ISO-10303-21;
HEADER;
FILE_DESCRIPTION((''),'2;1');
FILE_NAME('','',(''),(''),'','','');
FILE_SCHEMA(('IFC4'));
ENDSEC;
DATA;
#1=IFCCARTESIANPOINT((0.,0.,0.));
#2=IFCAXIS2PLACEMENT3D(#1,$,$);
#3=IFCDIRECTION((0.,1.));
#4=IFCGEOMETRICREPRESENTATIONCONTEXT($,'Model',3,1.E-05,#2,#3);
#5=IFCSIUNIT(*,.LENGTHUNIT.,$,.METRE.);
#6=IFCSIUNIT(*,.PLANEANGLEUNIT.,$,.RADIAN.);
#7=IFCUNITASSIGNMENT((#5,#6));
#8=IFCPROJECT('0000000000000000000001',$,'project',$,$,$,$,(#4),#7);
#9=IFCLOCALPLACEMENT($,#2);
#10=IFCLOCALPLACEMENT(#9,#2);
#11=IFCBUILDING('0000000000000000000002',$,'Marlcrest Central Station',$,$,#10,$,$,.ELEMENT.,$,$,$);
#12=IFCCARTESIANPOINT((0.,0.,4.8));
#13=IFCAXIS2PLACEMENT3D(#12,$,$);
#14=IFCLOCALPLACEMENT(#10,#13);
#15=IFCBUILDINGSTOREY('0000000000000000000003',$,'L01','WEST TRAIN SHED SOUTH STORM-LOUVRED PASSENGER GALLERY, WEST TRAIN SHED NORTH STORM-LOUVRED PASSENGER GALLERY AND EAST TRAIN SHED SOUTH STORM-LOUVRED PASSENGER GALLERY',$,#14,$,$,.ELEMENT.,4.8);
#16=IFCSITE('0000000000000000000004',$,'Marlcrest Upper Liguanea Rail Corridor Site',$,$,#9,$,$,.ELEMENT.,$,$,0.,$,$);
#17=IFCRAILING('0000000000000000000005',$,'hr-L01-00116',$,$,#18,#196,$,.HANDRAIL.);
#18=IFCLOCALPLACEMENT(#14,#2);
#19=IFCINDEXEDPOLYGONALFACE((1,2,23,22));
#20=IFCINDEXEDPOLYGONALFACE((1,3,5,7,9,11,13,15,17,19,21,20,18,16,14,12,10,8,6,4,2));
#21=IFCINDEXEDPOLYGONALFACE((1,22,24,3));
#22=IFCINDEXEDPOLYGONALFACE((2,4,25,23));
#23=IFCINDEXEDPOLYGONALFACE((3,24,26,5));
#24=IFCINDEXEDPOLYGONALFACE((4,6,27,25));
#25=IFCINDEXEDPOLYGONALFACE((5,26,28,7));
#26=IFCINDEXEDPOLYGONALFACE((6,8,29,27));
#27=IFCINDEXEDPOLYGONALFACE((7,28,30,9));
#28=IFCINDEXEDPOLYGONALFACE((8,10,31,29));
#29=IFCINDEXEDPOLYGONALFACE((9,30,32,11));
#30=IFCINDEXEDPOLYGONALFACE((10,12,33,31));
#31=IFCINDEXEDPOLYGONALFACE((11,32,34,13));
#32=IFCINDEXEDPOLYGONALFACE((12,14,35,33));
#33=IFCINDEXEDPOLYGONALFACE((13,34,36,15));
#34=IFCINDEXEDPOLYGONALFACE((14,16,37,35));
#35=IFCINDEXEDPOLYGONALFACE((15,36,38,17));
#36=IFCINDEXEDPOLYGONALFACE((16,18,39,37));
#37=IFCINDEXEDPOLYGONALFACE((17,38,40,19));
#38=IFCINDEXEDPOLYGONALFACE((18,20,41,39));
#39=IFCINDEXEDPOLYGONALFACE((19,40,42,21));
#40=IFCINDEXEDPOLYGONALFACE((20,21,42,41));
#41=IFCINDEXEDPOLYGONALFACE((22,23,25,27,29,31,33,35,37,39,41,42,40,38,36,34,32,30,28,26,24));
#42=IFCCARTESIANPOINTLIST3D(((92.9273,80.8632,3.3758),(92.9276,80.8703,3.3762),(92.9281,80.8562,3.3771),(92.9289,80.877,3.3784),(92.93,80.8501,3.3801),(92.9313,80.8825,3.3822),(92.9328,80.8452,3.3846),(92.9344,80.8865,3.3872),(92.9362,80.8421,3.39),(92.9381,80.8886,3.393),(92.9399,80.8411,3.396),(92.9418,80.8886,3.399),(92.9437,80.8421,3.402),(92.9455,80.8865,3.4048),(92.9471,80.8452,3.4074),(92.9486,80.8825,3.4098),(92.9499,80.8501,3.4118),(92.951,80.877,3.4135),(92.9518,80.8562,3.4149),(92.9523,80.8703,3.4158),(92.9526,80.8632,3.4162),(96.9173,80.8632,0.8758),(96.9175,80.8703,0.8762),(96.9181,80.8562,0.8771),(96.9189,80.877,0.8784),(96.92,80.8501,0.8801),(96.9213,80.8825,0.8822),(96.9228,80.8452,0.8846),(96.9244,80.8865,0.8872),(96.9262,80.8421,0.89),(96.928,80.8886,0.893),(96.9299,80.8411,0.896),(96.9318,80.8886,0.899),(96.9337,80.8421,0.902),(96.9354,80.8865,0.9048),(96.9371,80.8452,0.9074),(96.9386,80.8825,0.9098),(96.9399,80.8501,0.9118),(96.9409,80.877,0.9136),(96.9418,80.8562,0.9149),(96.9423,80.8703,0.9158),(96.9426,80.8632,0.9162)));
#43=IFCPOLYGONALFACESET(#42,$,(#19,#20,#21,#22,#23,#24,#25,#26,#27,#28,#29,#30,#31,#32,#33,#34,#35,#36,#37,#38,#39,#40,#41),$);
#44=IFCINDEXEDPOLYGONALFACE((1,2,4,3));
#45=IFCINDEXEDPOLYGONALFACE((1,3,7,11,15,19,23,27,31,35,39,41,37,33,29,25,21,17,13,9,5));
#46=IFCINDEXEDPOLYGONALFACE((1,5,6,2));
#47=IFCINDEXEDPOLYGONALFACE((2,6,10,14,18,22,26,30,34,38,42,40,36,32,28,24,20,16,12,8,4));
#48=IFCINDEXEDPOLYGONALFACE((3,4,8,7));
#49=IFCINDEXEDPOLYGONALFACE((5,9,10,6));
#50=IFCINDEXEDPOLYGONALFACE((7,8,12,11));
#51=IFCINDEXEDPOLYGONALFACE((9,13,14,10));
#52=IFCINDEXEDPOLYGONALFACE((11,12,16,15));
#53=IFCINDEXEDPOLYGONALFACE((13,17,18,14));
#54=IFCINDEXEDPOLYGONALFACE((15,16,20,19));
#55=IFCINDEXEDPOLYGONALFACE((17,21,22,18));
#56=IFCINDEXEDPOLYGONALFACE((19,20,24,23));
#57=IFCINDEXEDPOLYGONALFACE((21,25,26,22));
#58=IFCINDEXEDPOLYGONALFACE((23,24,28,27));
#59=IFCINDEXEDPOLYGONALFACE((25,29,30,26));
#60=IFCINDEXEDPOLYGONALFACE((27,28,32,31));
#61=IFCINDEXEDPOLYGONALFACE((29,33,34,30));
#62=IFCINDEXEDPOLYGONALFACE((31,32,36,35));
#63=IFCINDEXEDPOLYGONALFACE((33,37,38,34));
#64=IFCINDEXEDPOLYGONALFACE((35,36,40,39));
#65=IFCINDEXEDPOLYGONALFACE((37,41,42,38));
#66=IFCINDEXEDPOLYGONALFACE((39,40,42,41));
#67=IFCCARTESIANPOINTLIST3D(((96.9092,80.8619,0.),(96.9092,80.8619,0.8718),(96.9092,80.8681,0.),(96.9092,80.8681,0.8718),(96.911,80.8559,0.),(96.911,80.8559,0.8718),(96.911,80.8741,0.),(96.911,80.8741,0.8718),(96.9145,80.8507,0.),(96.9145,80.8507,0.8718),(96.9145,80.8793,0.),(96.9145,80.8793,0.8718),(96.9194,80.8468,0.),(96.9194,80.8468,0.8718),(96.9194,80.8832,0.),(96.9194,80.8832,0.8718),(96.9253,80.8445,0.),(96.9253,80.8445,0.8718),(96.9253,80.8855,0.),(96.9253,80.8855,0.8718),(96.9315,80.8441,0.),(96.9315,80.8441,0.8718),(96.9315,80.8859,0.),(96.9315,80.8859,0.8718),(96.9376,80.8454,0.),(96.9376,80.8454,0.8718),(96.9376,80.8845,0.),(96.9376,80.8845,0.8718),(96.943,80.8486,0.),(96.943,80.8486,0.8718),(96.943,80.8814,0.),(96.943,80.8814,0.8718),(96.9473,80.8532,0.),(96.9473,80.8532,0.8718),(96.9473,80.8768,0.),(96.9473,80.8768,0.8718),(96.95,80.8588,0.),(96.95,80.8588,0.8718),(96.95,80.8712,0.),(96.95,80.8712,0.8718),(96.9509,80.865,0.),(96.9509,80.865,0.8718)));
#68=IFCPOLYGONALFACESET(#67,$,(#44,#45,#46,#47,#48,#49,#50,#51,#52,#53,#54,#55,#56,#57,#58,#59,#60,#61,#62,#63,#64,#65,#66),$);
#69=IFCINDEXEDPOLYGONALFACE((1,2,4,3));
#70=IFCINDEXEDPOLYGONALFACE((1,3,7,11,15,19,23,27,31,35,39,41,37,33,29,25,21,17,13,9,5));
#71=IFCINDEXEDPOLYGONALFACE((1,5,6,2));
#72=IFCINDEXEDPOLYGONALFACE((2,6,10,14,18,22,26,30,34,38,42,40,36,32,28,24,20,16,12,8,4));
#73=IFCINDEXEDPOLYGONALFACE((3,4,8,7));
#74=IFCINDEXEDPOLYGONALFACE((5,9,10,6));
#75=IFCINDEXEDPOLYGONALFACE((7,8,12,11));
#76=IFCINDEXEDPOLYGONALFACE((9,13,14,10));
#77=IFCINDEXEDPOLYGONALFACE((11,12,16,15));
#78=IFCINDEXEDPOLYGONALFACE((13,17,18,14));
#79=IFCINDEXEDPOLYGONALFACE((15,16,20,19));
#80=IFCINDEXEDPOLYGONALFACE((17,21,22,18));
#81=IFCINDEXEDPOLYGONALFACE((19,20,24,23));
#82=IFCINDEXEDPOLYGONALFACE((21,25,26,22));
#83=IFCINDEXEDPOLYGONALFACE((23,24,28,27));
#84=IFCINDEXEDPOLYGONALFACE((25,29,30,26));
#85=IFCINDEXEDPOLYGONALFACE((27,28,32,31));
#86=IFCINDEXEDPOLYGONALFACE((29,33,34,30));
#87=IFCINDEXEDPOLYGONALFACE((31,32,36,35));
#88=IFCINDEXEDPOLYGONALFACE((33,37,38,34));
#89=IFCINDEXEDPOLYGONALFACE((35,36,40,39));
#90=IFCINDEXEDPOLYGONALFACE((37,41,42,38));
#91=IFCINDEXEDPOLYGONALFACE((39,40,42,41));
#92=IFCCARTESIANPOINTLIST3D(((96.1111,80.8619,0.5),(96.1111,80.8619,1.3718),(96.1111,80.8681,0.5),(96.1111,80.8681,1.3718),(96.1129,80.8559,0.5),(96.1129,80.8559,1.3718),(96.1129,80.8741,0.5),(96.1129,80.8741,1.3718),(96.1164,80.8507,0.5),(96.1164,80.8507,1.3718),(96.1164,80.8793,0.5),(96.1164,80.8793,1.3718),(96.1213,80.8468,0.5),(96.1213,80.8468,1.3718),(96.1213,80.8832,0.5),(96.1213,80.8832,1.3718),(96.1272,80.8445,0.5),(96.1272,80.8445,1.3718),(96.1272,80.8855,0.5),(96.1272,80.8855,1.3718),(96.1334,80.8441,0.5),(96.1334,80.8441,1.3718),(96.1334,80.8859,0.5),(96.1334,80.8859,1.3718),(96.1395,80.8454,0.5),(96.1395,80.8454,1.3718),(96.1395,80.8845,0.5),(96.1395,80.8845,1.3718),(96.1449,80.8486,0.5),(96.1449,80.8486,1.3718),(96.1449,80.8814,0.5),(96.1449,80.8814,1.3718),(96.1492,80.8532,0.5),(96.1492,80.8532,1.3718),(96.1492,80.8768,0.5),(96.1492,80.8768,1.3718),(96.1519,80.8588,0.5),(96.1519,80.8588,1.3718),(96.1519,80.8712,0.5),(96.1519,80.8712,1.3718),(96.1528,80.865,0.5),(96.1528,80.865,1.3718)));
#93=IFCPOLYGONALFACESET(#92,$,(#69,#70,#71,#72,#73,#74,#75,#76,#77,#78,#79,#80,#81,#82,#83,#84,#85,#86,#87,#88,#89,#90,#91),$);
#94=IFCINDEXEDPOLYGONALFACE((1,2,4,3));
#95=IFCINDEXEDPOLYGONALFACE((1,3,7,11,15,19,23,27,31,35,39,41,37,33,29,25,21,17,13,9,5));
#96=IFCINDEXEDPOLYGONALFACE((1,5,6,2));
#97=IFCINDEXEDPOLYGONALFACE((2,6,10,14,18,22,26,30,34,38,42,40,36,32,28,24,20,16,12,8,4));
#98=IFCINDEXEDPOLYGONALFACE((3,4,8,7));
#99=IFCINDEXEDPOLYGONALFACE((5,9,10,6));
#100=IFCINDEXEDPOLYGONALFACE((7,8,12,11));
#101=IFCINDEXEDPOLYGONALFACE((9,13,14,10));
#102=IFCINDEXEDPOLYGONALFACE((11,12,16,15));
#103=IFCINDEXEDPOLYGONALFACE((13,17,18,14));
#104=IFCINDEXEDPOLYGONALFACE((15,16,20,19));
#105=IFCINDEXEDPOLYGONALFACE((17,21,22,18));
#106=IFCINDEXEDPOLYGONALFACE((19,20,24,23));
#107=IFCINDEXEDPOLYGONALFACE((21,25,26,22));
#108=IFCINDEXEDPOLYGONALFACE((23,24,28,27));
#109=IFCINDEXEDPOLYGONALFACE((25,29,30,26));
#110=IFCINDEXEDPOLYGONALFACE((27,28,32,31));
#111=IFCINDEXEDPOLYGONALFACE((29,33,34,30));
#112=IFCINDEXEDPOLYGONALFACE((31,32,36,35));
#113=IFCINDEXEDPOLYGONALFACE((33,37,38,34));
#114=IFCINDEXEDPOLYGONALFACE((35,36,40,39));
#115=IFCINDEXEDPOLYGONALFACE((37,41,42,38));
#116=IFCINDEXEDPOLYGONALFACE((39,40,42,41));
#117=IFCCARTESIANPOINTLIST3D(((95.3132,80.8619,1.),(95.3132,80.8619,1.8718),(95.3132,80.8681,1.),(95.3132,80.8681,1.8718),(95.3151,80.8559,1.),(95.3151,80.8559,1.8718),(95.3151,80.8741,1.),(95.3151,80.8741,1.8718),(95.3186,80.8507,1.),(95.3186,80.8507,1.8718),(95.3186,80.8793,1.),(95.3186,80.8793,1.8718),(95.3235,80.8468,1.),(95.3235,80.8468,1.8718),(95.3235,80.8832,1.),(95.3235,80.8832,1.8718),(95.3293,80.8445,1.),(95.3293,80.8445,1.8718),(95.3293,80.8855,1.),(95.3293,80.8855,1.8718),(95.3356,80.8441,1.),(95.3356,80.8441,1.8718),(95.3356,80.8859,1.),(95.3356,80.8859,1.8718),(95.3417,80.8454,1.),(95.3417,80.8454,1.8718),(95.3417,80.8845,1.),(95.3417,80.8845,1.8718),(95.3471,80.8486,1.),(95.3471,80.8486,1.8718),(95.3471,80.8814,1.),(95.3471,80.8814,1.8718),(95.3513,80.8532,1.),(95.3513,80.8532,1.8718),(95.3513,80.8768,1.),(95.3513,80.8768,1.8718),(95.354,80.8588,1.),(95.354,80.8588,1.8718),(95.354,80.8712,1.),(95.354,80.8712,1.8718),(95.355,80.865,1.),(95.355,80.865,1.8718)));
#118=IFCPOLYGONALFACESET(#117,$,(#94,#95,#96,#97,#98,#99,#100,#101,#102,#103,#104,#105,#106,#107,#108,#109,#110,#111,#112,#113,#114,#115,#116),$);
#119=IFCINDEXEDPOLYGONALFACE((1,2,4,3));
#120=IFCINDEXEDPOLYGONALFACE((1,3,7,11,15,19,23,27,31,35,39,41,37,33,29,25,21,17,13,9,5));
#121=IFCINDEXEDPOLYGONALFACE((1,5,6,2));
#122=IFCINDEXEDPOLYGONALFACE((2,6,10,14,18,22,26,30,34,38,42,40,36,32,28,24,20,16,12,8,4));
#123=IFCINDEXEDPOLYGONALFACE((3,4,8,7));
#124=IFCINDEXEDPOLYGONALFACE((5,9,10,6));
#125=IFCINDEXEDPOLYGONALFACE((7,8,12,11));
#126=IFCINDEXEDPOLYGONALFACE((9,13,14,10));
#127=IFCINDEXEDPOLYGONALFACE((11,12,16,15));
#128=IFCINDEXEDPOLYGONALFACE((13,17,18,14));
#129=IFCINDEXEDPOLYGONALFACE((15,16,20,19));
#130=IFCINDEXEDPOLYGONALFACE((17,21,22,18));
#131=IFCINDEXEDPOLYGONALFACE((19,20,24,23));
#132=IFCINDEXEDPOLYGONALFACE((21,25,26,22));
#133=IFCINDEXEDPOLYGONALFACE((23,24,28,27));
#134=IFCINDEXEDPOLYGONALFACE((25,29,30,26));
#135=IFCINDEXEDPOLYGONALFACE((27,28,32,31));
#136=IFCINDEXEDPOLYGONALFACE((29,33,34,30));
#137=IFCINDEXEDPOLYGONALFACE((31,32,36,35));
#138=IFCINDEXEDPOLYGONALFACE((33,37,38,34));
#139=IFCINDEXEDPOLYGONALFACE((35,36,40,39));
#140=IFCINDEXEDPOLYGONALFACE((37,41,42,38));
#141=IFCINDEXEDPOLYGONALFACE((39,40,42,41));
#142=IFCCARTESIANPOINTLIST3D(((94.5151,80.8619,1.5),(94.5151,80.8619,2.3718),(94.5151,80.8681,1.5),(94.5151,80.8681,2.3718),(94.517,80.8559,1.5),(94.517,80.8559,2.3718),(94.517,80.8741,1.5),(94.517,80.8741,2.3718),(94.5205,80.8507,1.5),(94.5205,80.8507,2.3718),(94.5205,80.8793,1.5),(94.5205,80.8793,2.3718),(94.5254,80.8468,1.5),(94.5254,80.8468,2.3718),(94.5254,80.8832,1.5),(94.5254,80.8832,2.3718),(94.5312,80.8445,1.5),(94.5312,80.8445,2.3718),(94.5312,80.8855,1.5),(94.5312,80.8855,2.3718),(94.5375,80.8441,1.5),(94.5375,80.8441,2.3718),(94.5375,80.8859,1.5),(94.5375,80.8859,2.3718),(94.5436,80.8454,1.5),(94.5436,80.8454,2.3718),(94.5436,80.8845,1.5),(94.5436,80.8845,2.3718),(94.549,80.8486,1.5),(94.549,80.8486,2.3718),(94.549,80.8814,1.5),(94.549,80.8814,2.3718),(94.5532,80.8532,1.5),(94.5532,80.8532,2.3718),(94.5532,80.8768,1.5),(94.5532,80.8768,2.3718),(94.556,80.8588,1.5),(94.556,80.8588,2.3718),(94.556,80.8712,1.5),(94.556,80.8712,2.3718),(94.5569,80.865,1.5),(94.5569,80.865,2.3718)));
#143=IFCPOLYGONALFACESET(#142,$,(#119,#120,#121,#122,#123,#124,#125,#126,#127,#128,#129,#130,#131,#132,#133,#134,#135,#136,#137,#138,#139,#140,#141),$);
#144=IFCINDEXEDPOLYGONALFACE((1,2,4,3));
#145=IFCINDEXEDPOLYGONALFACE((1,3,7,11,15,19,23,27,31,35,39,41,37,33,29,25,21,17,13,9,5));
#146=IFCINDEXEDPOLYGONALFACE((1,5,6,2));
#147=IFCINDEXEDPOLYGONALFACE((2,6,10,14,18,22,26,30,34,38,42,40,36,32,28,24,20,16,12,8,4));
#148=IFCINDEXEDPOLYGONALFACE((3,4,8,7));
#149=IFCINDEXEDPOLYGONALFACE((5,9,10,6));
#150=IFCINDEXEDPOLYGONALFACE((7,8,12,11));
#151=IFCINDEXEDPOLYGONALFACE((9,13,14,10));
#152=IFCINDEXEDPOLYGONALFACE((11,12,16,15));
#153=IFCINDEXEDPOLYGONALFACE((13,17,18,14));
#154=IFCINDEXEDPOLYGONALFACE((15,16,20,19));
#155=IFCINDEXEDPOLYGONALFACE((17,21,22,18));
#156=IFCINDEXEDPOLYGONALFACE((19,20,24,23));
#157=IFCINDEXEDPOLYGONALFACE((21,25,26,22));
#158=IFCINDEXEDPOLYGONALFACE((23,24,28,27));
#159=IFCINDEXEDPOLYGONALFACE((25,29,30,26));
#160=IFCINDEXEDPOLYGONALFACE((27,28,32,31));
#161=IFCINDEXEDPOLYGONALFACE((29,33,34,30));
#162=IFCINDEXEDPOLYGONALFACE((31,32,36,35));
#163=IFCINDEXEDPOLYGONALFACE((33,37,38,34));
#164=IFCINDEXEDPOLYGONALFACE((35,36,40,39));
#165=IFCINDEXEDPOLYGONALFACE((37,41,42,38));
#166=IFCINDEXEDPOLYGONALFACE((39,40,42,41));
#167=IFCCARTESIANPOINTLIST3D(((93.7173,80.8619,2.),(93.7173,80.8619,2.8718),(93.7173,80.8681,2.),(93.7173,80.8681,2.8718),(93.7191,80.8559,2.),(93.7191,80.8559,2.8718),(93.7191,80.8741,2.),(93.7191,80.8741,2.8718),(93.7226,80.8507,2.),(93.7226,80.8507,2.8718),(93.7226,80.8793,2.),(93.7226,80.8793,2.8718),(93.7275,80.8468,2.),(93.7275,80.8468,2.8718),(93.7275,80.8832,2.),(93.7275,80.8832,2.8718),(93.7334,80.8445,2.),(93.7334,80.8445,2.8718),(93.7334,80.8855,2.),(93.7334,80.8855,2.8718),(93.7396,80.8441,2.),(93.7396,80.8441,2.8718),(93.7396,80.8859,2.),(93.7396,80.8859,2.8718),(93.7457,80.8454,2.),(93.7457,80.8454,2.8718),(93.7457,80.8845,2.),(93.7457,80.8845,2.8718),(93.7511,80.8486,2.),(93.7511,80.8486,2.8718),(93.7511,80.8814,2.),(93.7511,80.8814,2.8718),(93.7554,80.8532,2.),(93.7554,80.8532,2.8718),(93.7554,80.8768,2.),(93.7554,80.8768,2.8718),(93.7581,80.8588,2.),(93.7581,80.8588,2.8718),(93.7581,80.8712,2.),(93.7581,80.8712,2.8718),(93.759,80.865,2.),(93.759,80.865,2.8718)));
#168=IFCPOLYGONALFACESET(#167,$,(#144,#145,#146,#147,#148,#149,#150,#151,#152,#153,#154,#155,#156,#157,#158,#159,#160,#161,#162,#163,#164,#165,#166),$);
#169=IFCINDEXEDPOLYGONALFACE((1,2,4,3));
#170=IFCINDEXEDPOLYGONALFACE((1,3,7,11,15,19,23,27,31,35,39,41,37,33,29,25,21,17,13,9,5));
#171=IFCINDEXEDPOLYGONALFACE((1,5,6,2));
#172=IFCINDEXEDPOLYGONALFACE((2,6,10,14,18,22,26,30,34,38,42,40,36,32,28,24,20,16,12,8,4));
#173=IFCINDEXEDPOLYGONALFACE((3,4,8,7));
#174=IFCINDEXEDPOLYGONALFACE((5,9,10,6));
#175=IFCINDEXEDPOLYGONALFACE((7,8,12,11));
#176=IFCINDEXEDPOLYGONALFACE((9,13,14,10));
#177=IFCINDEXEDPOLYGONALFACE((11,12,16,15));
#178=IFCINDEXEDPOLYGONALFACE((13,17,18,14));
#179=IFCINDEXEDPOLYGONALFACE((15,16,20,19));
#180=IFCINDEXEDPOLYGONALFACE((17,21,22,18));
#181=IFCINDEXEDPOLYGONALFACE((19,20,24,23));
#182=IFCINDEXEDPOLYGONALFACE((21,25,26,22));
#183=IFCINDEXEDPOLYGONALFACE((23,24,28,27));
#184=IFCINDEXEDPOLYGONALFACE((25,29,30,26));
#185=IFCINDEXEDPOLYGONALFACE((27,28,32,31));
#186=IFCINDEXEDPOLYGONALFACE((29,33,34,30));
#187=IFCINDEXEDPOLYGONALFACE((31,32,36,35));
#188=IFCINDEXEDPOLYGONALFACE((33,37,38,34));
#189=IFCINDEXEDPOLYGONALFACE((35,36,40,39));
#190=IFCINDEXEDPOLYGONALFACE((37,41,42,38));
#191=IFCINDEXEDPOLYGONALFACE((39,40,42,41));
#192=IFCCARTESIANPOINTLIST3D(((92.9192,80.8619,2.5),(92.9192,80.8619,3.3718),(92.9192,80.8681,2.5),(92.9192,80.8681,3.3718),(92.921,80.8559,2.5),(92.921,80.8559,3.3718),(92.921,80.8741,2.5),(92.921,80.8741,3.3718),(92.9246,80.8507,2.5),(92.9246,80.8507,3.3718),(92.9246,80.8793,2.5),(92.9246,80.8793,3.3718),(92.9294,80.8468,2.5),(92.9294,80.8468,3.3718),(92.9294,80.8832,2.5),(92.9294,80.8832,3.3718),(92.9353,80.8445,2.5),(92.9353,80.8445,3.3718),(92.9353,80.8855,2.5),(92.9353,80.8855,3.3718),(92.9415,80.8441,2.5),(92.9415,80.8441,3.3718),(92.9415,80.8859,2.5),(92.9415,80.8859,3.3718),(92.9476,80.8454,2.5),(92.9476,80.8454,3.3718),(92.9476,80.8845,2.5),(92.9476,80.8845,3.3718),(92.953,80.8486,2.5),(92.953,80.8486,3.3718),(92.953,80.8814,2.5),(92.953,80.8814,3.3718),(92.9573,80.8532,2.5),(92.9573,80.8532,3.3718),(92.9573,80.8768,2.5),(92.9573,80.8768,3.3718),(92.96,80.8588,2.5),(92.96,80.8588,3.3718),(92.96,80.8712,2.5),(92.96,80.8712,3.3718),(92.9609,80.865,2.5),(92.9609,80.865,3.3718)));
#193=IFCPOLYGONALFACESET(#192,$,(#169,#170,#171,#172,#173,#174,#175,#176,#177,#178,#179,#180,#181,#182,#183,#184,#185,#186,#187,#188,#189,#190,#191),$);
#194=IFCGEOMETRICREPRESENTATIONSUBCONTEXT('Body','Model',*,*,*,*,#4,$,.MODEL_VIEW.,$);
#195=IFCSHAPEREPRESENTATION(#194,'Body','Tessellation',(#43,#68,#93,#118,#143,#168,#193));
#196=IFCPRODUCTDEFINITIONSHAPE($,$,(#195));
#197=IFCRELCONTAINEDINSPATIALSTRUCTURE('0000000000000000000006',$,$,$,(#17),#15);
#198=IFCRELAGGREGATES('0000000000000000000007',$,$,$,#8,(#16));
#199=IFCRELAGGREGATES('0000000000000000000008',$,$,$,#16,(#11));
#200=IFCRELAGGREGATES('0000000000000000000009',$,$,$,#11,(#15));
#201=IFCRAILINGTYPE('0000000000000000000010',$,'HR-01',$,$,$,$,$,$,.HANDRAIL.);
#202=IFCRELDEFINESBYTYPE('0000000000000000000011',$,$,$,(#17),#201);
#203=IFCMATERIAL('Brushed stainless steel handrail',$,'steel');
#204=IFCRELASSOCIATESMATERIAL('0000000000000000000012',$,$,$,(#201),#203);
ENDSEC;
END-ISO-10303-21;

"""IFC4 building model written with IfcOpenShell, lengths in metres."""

from ifc_helpers import new_model, si_unit, direction, frame, origin, origin_2d, place, context, subcontext, project, spatial, circle, extrude, material, type_object, element, save


model = new_model("IFC4")

# Units and contexts
model_context = context("Model", 3, precision=1e-05, world=origin(), true_north=direction((0.0, 1.0)))
body_context = subcontext(model_context, "Body", "Model", "MODEL_VIEW")
ifc_project = project(units=[si_unit("LENGTHUNIT", "METRE"), si_unit("PLANEANGLEUNIT", "RADIAN")], contexts=[model_context])

# Site, building, storey
site_placement = place(None, origin())
site = spatial("IfcSite", under=ifc_project, at=site_placement, Name="Marlcrest Upper Liguanea Rail Corridor Site", CompositionType="ELEMENT", RefElevation=0.0)
building_placement = place(site_placement, origin())
building = spatial("IfcBuilding", under=site, at=building_placement, Name="Marlcrest Central Station", CompositionType="ELEMENT")
storey_placement = place(building_placement, frame((0.0, 0.0, 4.8)))
storey = spatial("IfcBuildingStorey", under=building, at=storey_placement, Name="L01", Description="WEST TRAIN SHED SOUTH STORM-LOUVRED PASSENGER GALLERY, WEST TRAIN SHED NORTH STORM-LOUVRED PASSENGER GALLERY AND EAST TRAIN SHED SOUTH STORM-LOUVRED PASSENGER GALLERY", CompositionType="ELEMENT", Elevation=4.8)

# Railing
ifc_material_1 = material(Name="Brushed stainless steel handrail", Category="steel")
railing_type_1 = type_object("IfcRailingType", Name="HR-01", PredefinedType="HANDRAIL", material=ifc_material_1)
for number, where, name in (
    (1, (96.9299, 80.865, 0.0), "hr-L01-00116"),
):
    element("IfcRailing", number, at=place(storey_placement, frame(where)), inside=storey, type_object=railing_type_1, Name=name, PredefinedType="HANDRAIL", context=body_context, shape_type="SweptSolid", body=[
        extrude(circle(Radius=0.0239, at=origin_2d()), frame((0.0, 0.0, 0.896), z_axis=(-0.847401, 0.0, 0.530954), x_axis=(0.0, -1.0, 0.0)), (0.0, 0.0, 1.0), 4.7085),
        extrude(circle(Radius=0.021, at=origin_2d()), origin(), (0.0, 0.0, 1.0), 0.8718),
        extrude(circle(Radius=0.021, at=origin_2d()), frame((-0.7981, 0.0, 0.5)), (0.0, 0.0, 1.0), 0.8718),
        extrude(circle(Radius=0.021, at=origin_2d()), frame((-1.5959, 0.0, 1.0)), (0.0, 0.0, 1.0), 0.8718),
        extrude(circle(Radius=0.021, at=origin_2d()), frame((-2.394, 0.0, 1.5)), (0.0, 0.0, 1.0), 0.8718),
        extrude(circle(Radius=0.021, at=origin_2d()), frame((-3.1919, 0.0, 2.0)), (0.0, 0.0, 1.0), 0.8718),
        extrude(circle(Radius=0.021, at=origin_2d()), frame((-3.99, 0.0, 2.5)), (0.0, 0.0, 1.0), 0.8718),
    ])

save(model, "model.ifc")
